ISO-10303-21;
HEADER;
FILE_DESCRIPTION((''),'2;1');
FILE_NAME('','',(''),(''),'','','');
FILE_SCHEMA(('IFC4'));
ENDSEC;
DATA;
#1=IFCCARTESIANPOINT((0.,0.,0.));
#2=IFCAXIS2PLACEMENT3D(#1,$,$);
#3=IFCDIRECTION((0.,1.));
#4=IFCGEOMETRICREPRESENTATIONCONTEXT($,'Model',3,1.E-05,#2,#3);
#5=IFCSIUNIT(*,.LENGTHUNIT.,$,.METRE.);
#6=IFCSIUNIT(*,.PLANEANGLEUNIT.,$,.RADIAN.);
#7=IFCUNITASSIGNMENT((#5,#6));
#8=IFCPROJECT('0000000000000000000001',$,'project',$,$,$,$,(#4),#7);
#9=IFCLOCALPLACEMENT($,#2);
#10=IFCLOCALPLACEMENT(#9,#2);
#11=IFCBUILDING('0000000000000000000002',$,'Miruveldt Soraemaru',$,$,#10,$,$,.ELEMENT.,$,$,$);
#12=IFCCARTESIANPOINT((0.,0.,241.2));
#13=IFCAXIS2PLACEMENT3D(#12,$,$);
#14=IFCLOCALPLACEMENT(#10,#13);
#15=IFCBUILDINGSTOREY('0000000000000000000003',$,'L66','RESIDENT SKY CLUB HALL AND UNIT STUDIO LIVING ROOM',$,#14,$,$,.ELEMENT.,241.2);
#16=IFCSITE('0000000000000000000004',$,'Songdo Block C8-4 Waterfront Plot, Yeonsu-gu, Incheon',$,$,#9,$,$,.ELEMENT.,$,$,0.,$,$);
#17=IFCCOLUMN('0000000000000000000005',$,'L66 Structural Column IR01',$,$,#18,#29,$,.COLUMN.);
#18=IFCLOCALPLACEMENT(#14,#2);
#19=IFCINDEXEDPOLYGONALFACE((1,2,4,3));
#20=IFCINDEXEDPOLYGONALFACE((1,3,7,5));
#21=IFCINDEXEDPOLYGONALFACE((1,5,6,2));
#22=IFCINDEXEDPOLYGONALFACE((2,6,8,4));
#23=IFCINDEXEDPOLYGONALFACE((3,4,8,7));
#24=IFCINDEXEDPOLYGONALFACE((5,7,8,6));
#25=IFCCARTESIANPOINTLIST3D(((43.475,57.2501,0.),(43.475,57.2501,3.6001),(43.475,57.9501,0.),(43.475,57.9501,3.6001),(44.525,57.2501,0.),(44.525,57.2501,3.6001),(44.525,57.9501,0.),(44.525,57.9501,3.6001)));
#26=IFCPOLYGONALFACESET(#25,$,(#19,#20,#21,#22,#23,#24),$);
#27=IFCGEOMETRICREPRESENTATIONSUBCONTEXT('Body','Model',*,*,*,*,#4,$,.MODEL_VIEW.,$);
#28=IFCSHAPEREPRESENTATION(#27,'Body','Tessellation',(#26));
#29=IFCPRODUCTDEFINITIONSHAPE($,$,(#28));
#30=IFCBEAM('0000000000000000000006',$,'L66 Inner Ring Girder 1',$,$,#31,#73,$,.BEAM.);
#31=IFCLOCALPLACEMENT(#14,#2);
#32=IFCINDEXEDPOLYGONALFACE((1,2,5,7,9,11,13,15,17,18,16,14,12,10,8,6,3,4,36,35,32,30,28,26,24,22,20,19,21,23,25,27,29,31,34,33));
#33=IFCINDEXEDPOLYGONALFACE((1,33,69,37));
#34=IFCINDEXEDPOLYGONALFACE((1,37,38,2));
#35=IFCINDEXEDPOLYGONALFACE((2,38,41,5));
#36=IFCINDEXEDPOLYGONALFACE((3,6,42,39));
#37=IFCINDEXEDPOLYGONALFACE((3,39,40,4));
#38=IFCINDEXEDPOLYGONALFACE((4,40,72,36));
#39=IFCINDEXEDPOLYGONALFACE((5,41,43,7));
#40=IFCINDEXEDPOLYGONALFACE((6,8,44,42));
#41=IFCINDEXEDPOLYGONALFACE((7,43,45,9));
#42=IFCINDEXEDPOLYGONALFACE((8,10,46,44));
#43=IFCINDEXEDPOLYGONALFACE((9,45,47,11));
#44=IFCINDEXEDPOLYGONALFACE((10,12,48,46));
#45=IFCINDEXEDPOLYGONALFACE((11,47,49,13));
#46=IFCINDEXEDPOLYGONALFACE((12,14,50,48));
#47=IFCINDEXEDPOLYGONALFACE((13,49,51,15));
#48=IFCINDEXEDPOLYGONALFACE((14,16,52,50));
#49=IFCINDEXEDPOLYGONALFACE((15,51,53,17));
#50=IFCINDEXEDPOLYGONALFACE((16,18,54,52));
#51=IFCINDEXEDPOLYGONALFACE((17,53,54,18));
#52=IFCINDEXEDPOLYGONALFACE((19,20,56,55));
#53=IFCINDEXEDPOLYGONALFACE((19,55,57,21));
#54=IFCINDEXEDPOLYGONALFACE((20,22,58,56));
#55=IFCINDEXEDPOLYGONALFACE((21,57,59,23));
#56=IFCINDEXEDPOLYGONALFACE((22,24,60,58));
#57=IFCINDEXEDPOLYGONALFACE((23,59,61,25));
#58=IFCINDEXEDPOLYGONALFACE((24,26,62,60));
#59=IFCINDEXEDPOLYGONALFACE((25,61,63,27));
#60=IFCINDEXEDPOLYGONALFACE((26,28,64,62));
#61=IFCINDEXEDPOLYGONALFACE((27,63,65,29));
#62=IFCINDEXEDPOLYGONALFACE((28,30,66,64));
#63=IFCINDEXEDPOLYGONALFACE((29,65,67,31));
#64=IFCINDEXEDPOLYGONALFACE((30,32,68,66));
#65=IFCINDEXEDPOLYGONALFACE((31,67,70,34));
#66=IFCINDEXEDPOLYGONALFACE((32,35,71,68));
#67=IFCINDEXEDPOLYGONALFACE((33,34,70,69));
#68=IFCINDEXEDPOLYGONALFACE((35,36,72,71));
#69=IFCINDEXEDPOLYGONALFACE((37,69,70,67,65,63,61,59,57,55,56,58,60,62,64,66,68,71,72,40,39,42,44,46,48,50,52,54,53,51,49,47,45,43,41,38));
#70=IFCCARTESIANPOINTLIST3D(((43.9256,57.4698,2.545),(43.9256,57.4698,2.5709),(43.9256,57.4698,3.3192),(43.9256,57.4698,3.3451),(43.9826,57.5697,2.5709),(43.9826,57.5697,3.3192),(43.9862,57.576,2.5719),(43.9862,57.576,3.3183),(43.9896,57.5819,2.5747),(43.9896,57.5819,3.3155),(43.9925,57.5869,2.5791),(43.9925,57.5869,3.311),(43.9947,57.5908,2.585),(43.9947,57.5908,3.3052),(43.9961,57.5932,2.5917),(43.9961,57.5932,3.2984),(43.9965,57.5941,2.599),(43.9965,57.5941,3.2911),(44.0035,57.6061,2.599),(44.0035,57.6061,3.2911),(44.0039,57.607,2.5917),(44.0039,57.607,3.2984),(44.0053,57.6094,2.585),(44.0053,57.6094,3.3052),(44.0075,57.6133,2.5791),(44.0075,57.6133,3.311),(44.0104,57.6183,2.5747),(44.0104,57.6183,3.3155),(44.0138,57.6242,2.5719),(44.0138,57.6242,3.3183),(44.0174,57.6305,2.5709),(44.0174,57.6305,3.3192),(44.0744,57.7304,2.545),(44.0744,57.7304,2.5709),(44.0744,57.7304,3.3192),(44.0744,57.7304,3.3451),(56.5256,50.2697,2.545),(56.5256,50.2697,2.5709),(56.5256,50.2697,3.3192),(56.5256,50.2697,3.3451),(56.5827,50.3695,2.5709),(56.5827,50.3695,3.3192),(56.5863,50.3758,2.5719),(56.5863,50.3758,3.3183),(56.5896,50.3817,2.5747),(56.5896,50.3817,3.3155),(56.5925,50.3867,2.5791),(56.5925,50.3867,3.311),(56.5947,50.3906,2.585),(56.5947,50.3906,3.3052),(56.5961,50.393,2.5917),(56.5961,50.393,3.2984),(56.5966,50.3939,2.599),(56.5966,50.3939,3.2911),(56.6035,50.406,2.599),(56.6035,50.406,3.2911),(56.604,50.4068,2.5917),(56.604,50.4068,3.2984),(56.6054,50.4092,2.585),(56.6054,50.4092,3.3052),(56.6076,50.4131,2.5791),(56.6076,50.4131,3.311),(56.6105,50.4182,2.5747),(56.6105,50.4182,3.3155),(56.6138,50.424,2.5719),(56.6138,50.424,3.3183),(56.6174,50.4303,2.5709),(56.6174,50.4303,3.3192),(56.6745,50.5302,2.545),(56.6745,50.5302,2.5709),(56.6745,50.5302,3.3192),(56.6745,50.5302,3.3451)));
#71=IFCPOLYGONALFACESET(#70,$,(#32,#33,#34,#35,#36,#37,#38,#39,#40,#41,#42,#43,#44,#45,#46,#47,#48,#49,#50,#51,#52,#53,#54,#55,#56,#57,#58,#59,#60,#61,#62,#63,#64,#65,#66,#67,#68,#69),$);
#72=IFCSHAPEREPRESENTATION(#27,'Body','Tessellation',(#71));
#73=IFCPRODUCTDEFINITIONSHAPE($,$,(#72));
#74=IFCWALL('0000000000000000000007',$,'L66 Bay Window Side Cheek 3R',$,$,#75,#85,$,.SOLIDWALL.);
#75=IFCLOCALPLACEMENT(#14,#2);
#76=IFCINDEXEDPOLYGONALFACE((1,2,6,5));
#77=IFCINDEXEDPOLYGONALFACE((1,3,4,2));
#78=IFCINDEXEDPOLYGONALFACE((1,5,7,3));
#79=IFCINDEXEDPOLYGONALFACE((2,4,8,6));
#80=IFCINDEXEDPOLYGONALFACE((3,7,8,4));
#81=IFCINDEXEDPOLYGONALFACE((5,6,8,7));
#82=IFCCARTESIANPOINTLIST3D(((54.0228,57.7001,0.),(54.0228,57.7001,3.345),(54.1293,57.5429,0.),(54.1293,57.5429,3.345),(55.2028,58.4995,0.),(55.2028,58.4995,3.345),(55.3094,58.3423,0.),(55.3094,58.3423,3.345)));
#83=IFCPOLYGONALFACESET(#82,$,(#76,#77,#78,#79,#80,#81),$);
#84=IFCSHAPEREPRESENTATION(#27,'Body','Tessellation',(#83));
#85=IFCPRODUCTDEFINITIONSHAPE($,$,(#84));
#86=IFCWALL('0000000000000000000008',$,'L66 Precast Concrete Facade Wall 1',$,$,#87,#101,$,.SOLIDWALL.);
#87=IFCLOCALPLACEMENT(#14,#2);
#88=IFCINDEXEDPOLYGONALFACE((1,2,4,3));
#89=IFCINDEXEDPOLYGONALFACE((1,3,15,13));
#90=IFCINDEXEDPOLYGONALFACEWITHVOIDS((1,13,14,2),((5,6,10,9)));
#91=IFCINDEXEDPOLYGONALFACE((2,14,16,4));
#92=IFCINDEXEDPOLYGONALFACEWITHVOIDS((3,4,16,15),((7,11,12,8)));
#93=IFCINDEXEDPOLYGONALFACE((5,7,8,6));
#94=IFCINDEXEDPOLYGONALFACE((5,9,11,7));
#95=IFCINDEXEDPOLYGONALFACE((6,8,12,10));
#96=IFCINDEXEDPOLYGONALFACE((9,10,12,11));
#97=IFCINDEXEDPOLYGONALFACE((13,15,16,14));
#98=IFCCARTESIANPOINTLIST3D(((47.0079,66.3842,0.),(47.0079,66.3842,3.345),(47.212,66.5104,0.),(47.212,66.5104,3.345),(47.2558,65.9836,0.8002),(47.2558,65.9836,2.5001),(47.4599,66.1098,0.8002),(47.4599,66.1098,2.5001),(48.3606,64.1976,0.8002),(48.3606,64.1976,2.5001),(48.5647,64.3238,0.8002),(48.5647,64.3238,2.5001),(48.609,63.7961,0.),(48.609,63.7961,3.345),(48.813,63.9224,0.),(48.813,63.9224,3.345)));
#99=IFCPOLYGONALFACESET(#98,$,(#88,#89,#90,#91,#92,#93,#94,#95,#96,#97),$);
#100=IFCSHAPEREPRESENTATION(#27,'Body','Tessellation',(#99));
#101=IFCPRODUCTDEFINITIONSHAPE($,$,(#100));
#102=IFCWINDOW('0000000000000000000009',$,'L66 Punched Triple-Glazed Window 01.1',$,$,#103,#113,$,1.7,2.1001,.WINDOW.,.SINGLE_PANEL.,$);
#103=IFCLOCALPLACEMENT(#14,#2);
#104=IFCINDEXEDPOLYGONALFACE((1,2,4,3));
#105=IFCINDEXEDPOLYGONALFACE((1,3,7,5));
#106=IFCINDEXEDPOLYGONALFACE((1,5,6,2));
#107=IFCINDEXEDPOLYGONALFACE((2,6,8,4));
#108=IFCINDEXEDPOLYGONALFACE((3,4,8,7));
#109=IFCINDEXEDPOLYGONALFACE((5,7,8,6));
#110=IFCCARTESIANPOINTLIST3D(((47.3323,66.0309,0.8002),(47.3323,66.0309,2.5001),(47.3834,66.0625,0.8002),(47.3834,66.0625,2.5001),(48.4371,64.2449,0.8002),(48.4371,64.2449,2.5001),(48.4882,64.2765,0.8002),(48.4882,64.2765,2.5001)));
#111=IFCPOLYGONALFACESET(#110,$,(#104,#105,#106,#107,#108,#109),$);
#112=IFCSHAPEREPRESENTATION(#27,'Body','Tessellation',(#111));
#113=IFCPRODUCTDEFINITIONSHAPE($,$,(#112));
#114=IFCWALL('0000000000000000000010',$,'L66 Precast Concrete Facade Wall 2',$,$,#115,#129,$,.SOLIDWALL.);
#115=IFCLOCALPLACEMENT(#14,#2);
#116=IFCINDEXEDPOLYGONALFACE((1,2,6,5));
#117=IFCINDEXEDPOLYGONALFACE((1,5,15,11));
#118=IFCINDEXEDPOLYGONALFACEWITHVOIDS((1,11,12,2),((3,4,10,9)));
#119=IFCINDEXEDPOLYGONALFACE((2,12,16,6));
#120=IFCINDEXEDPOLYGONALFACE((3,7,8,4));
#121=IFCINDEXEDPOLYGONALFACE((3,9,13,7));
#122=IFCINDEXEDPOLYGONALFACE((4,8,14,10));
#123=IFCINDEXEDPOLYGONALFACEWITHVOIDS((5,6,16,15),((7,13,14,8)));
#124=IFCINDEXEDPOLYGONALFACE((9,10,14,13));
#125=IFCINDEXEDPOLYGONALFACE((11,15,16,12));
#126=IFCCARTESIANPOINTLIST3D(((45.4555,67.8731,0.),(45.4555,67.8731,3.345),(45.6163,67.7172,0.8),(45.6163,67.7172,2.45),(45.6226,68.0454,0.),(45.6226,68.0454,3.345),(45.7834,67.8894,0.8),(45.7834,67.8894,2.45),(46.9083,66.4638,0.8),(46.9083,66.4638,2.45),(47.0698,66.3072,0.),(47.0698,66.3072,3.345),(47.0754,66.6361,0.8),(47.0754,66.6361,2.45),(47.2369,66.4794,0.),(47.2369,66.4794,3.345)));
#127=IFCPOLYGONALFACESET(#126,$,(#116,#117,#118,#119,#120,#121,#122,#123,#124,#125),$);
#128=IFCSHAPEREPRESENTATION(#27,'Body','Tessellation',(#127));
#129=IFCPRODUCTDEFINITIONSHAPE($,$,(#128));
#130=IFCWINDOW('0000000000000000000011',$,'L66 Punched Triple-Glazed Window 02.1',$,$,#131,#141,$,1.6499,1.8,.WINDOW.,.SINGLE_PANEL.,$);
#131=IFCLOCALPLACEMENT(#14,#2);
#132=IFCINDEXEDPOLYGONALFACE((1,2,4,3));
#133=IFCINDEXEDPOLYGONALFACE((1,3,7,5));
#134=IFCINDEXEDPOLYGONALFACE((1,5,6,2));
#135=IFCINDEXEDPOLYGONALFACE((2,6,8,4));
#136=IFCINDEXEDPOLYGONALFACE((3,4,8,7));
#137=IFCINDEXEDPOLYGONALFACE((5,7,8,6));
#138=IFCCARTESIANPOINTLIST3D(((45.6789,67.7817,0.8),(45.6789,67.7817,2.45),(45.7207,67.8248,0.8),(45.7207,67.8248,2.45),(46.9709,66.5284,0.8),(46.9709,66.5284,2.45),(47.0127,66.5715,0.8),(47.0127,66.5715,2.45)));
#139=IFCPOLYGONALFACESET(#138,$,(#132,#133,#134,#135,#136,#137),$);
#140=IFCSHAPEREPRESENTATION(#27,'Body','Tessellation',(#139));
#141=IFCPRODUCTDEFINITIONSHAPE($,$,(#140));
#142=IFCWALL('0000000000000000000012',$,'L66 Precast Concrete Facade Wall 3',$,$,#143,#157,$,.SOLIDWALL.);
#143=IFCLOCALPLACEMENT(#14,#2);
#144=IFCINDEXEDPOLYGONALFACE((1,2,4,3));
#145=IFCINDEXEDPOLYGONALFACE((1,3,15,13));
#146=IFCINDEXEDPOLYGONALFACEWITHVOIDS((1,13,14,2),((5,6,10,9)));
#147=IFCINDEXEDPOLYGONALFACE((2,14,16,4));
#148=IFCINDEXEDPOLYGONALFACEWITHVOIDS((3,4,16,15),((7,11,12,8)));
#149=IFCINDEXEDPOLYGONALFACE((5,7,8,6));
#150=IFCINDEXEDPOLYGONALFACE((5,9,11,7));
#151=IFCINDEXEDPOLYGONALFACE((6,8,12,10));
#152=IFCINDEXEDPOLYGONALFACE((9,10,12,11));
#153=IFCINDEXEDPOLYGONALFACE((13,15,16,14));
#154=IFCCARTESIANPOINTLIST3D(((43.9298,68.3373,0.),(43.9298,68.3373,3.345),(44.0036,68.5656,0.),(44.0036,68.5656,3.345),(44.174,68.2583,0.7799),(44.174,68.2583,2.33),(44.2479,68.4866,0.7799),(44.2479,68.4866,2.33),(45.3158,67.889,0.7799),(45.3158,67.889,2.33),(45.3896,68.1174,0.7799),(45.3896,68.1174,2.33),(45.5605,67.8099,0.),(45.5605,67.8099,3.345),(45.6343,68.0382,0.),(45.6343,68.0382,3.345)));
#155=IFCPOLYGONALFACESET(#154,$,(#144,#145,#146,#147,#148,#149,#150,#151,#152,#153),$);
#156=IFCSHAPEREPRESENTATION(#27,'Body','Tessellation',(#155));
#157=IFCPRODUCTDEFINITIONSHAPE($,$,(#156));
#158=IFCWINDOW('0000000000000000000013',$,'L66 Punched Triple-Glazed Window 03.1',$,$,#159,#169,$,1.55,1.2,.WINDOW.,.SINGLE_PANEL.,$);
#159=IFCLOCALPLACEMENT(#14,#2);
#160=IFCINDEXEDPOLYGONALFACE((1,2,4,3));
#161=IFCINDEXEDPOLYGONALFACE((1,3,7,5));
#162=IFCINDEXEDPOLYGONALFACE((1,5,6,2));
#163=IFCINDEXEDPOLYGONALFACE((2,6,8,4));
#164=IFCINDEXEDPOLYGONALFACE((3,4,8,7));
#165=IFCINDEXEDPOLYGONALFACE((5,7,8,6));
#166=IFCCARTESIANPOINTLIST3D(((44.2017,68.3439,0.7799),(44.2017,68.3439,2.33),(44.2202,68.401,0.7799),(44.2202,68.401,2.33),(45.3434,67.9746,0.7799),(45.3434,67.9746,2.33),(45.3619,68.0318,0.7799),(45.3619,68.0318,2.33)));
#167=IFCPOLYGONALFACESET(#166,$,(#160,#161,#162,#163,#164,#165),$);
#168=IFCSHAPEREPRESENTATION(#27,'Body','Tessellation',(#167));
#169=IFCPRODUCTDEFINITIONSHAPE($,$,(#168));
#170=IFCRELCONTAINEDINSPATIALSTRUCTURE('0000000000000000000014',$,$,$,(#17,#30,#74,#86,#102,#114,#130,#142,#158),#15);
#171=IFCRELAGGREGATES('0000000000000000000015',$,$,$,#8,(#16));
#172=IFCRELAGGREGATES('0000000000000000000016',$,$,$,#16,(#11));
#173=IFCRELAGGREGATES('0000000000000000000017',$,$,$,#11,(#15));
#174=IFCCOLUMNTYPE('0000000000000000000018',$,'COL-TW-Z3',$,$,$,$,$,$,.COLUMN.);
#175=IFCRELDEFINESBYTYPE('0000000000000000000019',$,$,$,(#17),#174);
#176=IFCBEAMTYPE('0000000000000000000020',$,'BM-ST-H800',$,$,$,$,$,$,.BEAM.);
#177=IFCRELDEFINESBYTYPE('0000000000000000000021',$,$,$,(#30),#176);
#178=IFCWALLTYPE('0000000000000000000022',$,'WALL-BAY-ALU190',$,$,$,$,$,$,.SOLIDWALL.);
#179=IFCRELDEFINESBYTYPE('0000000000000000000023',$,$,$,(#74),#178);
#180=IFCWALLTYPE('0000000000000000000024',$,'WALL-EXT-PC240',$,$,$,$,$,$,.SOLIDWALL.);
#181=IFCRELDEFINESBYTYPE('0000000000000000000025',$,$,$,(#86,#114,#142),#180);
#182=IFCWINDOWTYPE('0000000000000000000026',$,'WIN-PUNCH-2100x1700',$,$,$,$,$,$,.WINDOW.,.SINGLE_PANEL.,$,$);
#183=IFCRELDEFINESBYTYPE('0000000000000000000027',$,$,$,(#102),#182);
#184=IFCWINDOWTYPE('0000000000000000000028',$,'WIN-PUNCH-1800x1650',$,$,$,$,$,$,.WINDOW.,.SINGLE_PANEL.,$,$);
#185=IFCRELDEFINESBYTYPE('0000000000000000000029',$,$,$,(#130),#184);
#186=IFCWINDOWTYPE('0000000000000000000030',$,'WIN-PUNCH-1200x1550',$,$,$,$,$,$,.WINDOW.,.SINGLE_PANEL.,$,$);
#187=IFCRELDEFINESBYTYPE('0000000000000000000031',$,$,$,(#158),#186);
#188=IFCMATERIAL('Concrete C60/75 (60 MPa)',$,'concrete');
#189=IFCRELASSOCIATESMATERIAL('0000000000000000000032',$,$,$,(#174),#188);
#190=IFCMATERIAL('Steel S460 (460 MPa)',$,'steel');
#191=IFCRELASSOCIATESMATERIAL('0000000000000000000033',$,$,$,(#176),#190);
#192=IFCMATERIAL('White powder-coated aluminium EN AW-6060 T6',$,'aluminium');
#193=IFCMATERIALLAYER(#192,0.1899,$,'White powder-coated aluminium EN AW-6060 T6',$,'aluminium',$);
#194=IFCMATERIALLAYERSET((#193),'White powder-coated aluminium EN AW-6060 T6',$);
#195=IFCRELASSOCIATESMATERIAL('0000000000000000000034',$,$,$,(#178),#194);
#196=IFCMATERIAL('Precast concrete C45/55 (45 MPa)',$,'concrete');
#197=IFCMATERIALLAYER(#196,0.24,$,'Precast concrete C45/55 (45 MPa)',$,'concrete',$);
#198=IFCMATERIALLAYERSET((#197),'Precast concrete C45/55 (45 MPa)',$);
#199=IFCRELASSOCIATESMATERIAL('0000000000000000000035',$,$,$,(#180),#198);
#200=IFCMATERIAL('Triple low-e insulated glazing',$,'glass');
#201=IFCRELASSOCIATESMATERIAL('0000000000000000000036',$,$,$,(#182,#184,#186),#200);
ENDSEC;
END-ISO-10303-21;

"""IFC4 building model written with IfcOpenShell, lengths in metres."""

from ifc_helpers import new_model, si_unit, direction, frame, frame_2d, origin, origin_2d, place, context, subcontext, project, spatial, rectangle, i_section, extrude, material, layer, layer_set, material_profile, profile_set, type_object, element, fill, save


model = new_model("IFC4")

# Units and contexts
model_context = context("Model", 3, precision=1e-05, world=origin(), true_north=direction((0.0, 1.0)))
body_context = subcontext(model_context, "Body", "Model", "MODEL_VIEW")
ifc_project = project(units=[si_unit("LENGTHUNIT", "METRE"), si_unit("PLANEANGLEUNIT", "RADIAN")], contexts=[model_context])

# Site, building, storey
site_placement = place(None, origin())
site = spatial("IfcSite", under=ifc_project, at=site_placement, Name="Songdo Block C8-4 Waterfront Plot, Yeonsu-gu, Incheon", CompositionType="ELEMENT", RefElevation=0.0)
building_placement = place(site_placement, origin())
building = spatial("IfcBuilding", under=site, at=building_placement, Name="Miruveldt Soraemaru", CompositionType="ELEMENT")
storey_placement = place(building_placement, frame((0.0, 0.0, 241.2)))
storey = spatial("IfcBuildingStorey", under=building, at=storey_placement, Name="L66", Description="RESIDENT SKY CLUB HALL AND UNIT STUDIO LIVING ROOM", CompositionType="ELEMENT", Elevation=241.2)

# Column
ifc_material_1 = material(Name="Concrete C60/75 (60 MPa)", Category="concrete")
ifc_material_profile_1 = material_profile(ifc_material_1, rectangle(XDim=1.05, YDim=0.7, at=origin_2d()), Name="Concrete C60/75 (60 MPa)", Category="concrete")
ifc_profile_set_1 = profile_set([ifc_material_profile_1], Name="Concrete C60/75 (60 MPa)")
column_type = type_object("IfcColumnType", Name="COL-TW-Z3", PredefinedType="COLUMN", material=ifc_profile_set_1)
column_placement = place(storey_placement, frame((44.0, 57.6001, 0.0), z_axis=(0.0, 0.0, 1.0), x_axis=(1.0, 0.0, 0.0)))
element("IfcColumn", 1, at=column_placement, inside=storey, type_object=column_type, Name="L66 Structural Column IR01", PredefinedType="COLUMN", context=body_context, shape_type="SweptSolid", body=[
    extrude(rectangle(XDim=1.05, YDim=0.7, at=origin_2d()), origin(), (0.0, 0.0, 1.0), 3.6001),
])

# Beam
ifc_material_2 = material(Name="Steel S460 (460 MPa)", Category="steel")
ifc_material_profile_2 = material_profile(ifc_material_2, i_section(OverallWidth=0.3, OverallDepth=0.8, WebThickness=0.0139, FlangeThickness=0.0259, FilletRadius=0.0281, at=origin_2d()), Name="Steel S460 (460 MPa)", Category="steel")
ifc_profile_set_2 = profile_set([ifc_material_profile_2], Name="Steel S460 (460 MPa)")
beam_type = type_object("IfcBeamType", Name="BM-ST-H800", PredefinedType="BEAM", material=ifc_profile_set_2)
beam_placement = place(storey_placement, frame((44.0, 57.6001, 2.9451), z_axis=(0.868239, -0.496146, 0.0), x_axis=(0.496146, 0.868239, 0.0)))
element("IfcBeam", 2, at=beam_placement, inside=storey, type_object=beam_type, Name="L66 Inner Ring Girder 1", PredefinedType="BEAM", context=body_context, shape_type="SweptSolid", body=[
    extrude(i_section(OverallWidth=0.3, OverallDepth=0.8, WebThickness=0.0139, FlangeThickness=0.0259, FilletRadius=0.0281, at=origin_2d()), origin(), (0.0, 0.0, 1.0), 14.5122),
])

# Wall
ifc_material_3 = material(Name="White powder-coated aluminium EN AW-6060 T6", Category="aluminium")
ifc_layer_1 = layer(ifc_material_3, 0.1899, Name="White powder-coated aluminium EN AW-6060 T6", Category="aluminium")
ifc_layer_set_1 = layer_set([ifc_layer_1], Name="White powder-coated aluminium EN AW-6060 T6")
wall_type_1 = type_object("IfcWallType", Name="WALL-BAY-ALU190", PredefinedType="SOLIDWALL", material=ifc_layer_set_1)
wall_1_placement = place(storey_placement, frame((55.2561, 58.4209, 0.0), z_axis=(0.0, 0.0, 1.0), x_axis=(-0.827916, -0.560852, 0.0)))
element("IfcWall", 3, at=wall_1_placement, inside=storey, type_object=wall_type_1, Name="L66 Bay Window Side Cheek 3R", PredefinedType="SOLIDWALL", context=body_context, shape_type="SweptSolid", body=[
    extrude(rectangle(XDim=1.4253, YDim=0.1899, at=frame_2d((0.7126, 0.0))), origin(), (0.0, 0.0, 1.0), 3.345),
])

# Walls, openings, windows
ifc_material_4 = material(Name="Precast concrete C45/55 (45 MPa)", Category="concrete")
ifc_layer_2 = layer(ifc_material_4, 0.24, Name="Precast concrete C45/55 (45 MPa)", Category="concrete")
ifc_layer_set_2 = layer_set([ifc_layer_2], Name="Precast concrete C45/55 (45 MPa)")
wall_type_2 = type_object("IfcWallType", Name="WALL-EXT-PC240", PredefinedType="SOLIDWALL", material=ifc_layer_set_2)
wall_2_placement = place(storey_placement, frame((48.7109, 63.8594, 0.0), z_axis=(0.0, 0.0, 1.0), x_axis=(-0.526092, 0.850428, 0.0)))
wall_2 = element("IfcWall", 4, at=wall_2_placement, inside=storey, type_object=wall_type_2, Name="L66 Precast Concrete Facade Wall 1", PredefinedType="SOLIDWALL", context=body_context, shape_type="SweptSolid", body=[
    extrude(rectangle(XDim=3.0432, YDim=0.24, at=frame_2d((1.5215, 0.0))), origin(), (0.0, 0.0, 1.0), 3.345),
])
opening_1_placement = place(wall_2_placement, frame((0.4719, 0.0, 0.8)))
opening_1 = element("IfcOpeningElement", 5, at=opening_1_placement, cuts=wall_2, PredefinedType="OPENING", context=body_context, shape_type="SweptSolid", body=[
    extrude(rectangle(XDim=2.1001, YDim=1.7, at=frame_2d((1.05, 0.8501))), frame((0.0, 0.1299, 0.0), z_axis=(0.0, -1.0, 0.0), x_axis=(1.0, 0.0, 0.0)), (0.0, 0.0, 1.0), 0.26),
])
ifc_material_5 = material(Name="Triple low-e insulated glazing", Category="glass")
window_type_1 = type_object("IfcWindowType", Name="WIN-PUNCH-2100x1700", PartitioningType="SINGLE_PANEL", PredefinedType="WINDOW", material=ifc_material_5)
window_1_placement = place(opening_1_placement, origin())
window_1 = element("IfcWindow", 6, at=window_1_placement, inside=storey, type_object=window_type_1, Name="L66 Punched Triple-Glazed Window 01.1", OverallHeight=1.7, OverallWidth=2.1001, PartitioningType="SINGLE_PANEL", PredefinedType="WINDOW", context=body_context, shape_type="SweptSolid", body=[
    extrude(rectangle(XDim=2.1001, YDim=1.7, at=frame_2d((1.05, 0.8501))), frame((0.0, 0.03, 0.0), z_axis=(0.0, -1.0, 0.0), x_axis=(1.0, 0.0, 0.0)), (0.0, 0.0, 1.0), 0.0601),
])
fill(opening_1, window_1)
wall_3_placement = place(storey_placement, frame((47.1533, 66.3933, 0.0), z_axis=(0.0, 0.0, 1.0), x_axis=(-0.717772, 0.696278, 0.0)))
wall_3 = element("IfcWall", 7, at=wall_3_placement, inside=storey, type_object=wall_type_2, Name="L66 Precast Concrete Facade Wall 2", PredefinedType="SOLIDWALL", context=body_context, shape_type="SweptSolid", body=[
    extrude(rectangle(XDim=2.249, YDim=0.24, at=frame_2d((1.1245, 0.0))), origin(), (0.0, 0.0, 1.0), 3.345),
])
opening_2_placement = place(wall_3_placement, frame((0.2251, 0.0, 0.8)))
opening_2 = element("IfcOpeningElement", 8, at=opening_2_placement, cuts=wall_3, PredefinedType="OPENING", context=body_context, shape_type="SweptSolid", body=[
    extrude(rectangle(XDim=1.8, YDim=1.6499, at=frame_2d((0.8999, 0.825))), frame((0.0, 0.1299, 0.0), z_axis=(0.0, -1.0, 0.0), x_axis=(1.0, 0.0, 0.0)), (0.0, 0.0, 1.0), 0.26),
])
window_type_2 = type_object("IfcWindowType", Name="WIN-PUNCH-1800x1650", PartitioningType="SINGLE_PANEL", PredefinedType="WINDOW", material=ifc_material_5)
window_2_placement = place(opening_2_placement, origin())
window_2 = element("IfcWindow", 9, at=window_2_placement, inside=storey, type_object=window_type_2, Name="L66 Punched Triple-Glazed Window 02.1", OverallHeight=1.6499, OverallWidth=1.8, PartitioningType="SINGLE_PANEL", PredefinedType="WINDOW", context=body_context, shape_type="SweptSolid", body=[
    extrude(rectangle(XDim=1.8, YDim=1.6499, at=frame_2d((0.8999, 0.825))), frame((0.0, 0.03, 0.0), z_axis=(0.0, -1.0, 0.0), x_axis=(1.0, 0.0, 0.0)), (0.0, 0.0, 1.0), 0.0601),
])
fill(opening_2, window_2)
wall_4_placement = place(storey_placement, frame((45.5974, 67.9241, 0.0), z_axis=(0.0, 0.0, 1.0), x_axis=(-0.95148, 0.30771, 0.0)))
wall_4 = element("IfcWall", 10, at=wall_4_placement, inside=storey, type_object=wall_type_2, Name="L66 Precast Concrete Facade Wall 3", PredefinedType="SOLIDWALL", context=body_context, shape_type="SweptSolid", body=[
    extrude(rectangle(XDim=1.7139, YDim=0.24, at=frame_2d((0.8569, 0.0))), origin(), (0.0, 0.0, 1.0), 3.345),
])
opening_3_placement = place(wall_4_placement, frame((0.2571, 0.0, 0.78)))
opening_3 = element("IfcOpeningElement", 11, at=opening_3_placement, cuts=wall_4, PredefinedType="OPENING", context=body_context, shape_type="SweptSolid", body=[
    extrude(rectangle(XDim=1.2, YDim=1.55, at=frame_2d((0.6001, 0.7749))), frame((0.0, 0.1299, 0.0), z_axis=(0.0, -1.0, 0.0), x_axis=(1.0, 0.0, 0.0)), (0.0, 0.0, 1.0), 0.26),
])
window_type_3 = type_object("IfcWindowType", Name="WIN-PUNCH-1200x1550", PartitioningType="SINGLE_PANEL", PredefinedType="WINDOW", material=ifc_material_5)
window_3_placement = place(opening_3_placement, origin())
window_3 = element("IfcWindow", 12, at=window_3_placement, inside=storey, type_object=window_type_3, Name="L66 Punched Triple-Glazed Window 03.1", OverallHeight=1.55, OverallWidth=1.2, PartitioningType="SINGLE_PANEL", PredefinedType="WINDOW", context=body_context, shape_type="SweptSolid", body=[
    extrude(rectangle(XDim=1.2, YDim=1.55, at=frame_2d((0.6001, 0.7749))), frame((0.0, 0.03, 0.0), z_axis=(0.0, -1.0, 0.0), x_axis=(1.0, 0.0, 0.0)), (0.0, 0.0, 1.0), 0.0601),
])
fill(opening_3, window_3)

save(model, "model.ifc")
